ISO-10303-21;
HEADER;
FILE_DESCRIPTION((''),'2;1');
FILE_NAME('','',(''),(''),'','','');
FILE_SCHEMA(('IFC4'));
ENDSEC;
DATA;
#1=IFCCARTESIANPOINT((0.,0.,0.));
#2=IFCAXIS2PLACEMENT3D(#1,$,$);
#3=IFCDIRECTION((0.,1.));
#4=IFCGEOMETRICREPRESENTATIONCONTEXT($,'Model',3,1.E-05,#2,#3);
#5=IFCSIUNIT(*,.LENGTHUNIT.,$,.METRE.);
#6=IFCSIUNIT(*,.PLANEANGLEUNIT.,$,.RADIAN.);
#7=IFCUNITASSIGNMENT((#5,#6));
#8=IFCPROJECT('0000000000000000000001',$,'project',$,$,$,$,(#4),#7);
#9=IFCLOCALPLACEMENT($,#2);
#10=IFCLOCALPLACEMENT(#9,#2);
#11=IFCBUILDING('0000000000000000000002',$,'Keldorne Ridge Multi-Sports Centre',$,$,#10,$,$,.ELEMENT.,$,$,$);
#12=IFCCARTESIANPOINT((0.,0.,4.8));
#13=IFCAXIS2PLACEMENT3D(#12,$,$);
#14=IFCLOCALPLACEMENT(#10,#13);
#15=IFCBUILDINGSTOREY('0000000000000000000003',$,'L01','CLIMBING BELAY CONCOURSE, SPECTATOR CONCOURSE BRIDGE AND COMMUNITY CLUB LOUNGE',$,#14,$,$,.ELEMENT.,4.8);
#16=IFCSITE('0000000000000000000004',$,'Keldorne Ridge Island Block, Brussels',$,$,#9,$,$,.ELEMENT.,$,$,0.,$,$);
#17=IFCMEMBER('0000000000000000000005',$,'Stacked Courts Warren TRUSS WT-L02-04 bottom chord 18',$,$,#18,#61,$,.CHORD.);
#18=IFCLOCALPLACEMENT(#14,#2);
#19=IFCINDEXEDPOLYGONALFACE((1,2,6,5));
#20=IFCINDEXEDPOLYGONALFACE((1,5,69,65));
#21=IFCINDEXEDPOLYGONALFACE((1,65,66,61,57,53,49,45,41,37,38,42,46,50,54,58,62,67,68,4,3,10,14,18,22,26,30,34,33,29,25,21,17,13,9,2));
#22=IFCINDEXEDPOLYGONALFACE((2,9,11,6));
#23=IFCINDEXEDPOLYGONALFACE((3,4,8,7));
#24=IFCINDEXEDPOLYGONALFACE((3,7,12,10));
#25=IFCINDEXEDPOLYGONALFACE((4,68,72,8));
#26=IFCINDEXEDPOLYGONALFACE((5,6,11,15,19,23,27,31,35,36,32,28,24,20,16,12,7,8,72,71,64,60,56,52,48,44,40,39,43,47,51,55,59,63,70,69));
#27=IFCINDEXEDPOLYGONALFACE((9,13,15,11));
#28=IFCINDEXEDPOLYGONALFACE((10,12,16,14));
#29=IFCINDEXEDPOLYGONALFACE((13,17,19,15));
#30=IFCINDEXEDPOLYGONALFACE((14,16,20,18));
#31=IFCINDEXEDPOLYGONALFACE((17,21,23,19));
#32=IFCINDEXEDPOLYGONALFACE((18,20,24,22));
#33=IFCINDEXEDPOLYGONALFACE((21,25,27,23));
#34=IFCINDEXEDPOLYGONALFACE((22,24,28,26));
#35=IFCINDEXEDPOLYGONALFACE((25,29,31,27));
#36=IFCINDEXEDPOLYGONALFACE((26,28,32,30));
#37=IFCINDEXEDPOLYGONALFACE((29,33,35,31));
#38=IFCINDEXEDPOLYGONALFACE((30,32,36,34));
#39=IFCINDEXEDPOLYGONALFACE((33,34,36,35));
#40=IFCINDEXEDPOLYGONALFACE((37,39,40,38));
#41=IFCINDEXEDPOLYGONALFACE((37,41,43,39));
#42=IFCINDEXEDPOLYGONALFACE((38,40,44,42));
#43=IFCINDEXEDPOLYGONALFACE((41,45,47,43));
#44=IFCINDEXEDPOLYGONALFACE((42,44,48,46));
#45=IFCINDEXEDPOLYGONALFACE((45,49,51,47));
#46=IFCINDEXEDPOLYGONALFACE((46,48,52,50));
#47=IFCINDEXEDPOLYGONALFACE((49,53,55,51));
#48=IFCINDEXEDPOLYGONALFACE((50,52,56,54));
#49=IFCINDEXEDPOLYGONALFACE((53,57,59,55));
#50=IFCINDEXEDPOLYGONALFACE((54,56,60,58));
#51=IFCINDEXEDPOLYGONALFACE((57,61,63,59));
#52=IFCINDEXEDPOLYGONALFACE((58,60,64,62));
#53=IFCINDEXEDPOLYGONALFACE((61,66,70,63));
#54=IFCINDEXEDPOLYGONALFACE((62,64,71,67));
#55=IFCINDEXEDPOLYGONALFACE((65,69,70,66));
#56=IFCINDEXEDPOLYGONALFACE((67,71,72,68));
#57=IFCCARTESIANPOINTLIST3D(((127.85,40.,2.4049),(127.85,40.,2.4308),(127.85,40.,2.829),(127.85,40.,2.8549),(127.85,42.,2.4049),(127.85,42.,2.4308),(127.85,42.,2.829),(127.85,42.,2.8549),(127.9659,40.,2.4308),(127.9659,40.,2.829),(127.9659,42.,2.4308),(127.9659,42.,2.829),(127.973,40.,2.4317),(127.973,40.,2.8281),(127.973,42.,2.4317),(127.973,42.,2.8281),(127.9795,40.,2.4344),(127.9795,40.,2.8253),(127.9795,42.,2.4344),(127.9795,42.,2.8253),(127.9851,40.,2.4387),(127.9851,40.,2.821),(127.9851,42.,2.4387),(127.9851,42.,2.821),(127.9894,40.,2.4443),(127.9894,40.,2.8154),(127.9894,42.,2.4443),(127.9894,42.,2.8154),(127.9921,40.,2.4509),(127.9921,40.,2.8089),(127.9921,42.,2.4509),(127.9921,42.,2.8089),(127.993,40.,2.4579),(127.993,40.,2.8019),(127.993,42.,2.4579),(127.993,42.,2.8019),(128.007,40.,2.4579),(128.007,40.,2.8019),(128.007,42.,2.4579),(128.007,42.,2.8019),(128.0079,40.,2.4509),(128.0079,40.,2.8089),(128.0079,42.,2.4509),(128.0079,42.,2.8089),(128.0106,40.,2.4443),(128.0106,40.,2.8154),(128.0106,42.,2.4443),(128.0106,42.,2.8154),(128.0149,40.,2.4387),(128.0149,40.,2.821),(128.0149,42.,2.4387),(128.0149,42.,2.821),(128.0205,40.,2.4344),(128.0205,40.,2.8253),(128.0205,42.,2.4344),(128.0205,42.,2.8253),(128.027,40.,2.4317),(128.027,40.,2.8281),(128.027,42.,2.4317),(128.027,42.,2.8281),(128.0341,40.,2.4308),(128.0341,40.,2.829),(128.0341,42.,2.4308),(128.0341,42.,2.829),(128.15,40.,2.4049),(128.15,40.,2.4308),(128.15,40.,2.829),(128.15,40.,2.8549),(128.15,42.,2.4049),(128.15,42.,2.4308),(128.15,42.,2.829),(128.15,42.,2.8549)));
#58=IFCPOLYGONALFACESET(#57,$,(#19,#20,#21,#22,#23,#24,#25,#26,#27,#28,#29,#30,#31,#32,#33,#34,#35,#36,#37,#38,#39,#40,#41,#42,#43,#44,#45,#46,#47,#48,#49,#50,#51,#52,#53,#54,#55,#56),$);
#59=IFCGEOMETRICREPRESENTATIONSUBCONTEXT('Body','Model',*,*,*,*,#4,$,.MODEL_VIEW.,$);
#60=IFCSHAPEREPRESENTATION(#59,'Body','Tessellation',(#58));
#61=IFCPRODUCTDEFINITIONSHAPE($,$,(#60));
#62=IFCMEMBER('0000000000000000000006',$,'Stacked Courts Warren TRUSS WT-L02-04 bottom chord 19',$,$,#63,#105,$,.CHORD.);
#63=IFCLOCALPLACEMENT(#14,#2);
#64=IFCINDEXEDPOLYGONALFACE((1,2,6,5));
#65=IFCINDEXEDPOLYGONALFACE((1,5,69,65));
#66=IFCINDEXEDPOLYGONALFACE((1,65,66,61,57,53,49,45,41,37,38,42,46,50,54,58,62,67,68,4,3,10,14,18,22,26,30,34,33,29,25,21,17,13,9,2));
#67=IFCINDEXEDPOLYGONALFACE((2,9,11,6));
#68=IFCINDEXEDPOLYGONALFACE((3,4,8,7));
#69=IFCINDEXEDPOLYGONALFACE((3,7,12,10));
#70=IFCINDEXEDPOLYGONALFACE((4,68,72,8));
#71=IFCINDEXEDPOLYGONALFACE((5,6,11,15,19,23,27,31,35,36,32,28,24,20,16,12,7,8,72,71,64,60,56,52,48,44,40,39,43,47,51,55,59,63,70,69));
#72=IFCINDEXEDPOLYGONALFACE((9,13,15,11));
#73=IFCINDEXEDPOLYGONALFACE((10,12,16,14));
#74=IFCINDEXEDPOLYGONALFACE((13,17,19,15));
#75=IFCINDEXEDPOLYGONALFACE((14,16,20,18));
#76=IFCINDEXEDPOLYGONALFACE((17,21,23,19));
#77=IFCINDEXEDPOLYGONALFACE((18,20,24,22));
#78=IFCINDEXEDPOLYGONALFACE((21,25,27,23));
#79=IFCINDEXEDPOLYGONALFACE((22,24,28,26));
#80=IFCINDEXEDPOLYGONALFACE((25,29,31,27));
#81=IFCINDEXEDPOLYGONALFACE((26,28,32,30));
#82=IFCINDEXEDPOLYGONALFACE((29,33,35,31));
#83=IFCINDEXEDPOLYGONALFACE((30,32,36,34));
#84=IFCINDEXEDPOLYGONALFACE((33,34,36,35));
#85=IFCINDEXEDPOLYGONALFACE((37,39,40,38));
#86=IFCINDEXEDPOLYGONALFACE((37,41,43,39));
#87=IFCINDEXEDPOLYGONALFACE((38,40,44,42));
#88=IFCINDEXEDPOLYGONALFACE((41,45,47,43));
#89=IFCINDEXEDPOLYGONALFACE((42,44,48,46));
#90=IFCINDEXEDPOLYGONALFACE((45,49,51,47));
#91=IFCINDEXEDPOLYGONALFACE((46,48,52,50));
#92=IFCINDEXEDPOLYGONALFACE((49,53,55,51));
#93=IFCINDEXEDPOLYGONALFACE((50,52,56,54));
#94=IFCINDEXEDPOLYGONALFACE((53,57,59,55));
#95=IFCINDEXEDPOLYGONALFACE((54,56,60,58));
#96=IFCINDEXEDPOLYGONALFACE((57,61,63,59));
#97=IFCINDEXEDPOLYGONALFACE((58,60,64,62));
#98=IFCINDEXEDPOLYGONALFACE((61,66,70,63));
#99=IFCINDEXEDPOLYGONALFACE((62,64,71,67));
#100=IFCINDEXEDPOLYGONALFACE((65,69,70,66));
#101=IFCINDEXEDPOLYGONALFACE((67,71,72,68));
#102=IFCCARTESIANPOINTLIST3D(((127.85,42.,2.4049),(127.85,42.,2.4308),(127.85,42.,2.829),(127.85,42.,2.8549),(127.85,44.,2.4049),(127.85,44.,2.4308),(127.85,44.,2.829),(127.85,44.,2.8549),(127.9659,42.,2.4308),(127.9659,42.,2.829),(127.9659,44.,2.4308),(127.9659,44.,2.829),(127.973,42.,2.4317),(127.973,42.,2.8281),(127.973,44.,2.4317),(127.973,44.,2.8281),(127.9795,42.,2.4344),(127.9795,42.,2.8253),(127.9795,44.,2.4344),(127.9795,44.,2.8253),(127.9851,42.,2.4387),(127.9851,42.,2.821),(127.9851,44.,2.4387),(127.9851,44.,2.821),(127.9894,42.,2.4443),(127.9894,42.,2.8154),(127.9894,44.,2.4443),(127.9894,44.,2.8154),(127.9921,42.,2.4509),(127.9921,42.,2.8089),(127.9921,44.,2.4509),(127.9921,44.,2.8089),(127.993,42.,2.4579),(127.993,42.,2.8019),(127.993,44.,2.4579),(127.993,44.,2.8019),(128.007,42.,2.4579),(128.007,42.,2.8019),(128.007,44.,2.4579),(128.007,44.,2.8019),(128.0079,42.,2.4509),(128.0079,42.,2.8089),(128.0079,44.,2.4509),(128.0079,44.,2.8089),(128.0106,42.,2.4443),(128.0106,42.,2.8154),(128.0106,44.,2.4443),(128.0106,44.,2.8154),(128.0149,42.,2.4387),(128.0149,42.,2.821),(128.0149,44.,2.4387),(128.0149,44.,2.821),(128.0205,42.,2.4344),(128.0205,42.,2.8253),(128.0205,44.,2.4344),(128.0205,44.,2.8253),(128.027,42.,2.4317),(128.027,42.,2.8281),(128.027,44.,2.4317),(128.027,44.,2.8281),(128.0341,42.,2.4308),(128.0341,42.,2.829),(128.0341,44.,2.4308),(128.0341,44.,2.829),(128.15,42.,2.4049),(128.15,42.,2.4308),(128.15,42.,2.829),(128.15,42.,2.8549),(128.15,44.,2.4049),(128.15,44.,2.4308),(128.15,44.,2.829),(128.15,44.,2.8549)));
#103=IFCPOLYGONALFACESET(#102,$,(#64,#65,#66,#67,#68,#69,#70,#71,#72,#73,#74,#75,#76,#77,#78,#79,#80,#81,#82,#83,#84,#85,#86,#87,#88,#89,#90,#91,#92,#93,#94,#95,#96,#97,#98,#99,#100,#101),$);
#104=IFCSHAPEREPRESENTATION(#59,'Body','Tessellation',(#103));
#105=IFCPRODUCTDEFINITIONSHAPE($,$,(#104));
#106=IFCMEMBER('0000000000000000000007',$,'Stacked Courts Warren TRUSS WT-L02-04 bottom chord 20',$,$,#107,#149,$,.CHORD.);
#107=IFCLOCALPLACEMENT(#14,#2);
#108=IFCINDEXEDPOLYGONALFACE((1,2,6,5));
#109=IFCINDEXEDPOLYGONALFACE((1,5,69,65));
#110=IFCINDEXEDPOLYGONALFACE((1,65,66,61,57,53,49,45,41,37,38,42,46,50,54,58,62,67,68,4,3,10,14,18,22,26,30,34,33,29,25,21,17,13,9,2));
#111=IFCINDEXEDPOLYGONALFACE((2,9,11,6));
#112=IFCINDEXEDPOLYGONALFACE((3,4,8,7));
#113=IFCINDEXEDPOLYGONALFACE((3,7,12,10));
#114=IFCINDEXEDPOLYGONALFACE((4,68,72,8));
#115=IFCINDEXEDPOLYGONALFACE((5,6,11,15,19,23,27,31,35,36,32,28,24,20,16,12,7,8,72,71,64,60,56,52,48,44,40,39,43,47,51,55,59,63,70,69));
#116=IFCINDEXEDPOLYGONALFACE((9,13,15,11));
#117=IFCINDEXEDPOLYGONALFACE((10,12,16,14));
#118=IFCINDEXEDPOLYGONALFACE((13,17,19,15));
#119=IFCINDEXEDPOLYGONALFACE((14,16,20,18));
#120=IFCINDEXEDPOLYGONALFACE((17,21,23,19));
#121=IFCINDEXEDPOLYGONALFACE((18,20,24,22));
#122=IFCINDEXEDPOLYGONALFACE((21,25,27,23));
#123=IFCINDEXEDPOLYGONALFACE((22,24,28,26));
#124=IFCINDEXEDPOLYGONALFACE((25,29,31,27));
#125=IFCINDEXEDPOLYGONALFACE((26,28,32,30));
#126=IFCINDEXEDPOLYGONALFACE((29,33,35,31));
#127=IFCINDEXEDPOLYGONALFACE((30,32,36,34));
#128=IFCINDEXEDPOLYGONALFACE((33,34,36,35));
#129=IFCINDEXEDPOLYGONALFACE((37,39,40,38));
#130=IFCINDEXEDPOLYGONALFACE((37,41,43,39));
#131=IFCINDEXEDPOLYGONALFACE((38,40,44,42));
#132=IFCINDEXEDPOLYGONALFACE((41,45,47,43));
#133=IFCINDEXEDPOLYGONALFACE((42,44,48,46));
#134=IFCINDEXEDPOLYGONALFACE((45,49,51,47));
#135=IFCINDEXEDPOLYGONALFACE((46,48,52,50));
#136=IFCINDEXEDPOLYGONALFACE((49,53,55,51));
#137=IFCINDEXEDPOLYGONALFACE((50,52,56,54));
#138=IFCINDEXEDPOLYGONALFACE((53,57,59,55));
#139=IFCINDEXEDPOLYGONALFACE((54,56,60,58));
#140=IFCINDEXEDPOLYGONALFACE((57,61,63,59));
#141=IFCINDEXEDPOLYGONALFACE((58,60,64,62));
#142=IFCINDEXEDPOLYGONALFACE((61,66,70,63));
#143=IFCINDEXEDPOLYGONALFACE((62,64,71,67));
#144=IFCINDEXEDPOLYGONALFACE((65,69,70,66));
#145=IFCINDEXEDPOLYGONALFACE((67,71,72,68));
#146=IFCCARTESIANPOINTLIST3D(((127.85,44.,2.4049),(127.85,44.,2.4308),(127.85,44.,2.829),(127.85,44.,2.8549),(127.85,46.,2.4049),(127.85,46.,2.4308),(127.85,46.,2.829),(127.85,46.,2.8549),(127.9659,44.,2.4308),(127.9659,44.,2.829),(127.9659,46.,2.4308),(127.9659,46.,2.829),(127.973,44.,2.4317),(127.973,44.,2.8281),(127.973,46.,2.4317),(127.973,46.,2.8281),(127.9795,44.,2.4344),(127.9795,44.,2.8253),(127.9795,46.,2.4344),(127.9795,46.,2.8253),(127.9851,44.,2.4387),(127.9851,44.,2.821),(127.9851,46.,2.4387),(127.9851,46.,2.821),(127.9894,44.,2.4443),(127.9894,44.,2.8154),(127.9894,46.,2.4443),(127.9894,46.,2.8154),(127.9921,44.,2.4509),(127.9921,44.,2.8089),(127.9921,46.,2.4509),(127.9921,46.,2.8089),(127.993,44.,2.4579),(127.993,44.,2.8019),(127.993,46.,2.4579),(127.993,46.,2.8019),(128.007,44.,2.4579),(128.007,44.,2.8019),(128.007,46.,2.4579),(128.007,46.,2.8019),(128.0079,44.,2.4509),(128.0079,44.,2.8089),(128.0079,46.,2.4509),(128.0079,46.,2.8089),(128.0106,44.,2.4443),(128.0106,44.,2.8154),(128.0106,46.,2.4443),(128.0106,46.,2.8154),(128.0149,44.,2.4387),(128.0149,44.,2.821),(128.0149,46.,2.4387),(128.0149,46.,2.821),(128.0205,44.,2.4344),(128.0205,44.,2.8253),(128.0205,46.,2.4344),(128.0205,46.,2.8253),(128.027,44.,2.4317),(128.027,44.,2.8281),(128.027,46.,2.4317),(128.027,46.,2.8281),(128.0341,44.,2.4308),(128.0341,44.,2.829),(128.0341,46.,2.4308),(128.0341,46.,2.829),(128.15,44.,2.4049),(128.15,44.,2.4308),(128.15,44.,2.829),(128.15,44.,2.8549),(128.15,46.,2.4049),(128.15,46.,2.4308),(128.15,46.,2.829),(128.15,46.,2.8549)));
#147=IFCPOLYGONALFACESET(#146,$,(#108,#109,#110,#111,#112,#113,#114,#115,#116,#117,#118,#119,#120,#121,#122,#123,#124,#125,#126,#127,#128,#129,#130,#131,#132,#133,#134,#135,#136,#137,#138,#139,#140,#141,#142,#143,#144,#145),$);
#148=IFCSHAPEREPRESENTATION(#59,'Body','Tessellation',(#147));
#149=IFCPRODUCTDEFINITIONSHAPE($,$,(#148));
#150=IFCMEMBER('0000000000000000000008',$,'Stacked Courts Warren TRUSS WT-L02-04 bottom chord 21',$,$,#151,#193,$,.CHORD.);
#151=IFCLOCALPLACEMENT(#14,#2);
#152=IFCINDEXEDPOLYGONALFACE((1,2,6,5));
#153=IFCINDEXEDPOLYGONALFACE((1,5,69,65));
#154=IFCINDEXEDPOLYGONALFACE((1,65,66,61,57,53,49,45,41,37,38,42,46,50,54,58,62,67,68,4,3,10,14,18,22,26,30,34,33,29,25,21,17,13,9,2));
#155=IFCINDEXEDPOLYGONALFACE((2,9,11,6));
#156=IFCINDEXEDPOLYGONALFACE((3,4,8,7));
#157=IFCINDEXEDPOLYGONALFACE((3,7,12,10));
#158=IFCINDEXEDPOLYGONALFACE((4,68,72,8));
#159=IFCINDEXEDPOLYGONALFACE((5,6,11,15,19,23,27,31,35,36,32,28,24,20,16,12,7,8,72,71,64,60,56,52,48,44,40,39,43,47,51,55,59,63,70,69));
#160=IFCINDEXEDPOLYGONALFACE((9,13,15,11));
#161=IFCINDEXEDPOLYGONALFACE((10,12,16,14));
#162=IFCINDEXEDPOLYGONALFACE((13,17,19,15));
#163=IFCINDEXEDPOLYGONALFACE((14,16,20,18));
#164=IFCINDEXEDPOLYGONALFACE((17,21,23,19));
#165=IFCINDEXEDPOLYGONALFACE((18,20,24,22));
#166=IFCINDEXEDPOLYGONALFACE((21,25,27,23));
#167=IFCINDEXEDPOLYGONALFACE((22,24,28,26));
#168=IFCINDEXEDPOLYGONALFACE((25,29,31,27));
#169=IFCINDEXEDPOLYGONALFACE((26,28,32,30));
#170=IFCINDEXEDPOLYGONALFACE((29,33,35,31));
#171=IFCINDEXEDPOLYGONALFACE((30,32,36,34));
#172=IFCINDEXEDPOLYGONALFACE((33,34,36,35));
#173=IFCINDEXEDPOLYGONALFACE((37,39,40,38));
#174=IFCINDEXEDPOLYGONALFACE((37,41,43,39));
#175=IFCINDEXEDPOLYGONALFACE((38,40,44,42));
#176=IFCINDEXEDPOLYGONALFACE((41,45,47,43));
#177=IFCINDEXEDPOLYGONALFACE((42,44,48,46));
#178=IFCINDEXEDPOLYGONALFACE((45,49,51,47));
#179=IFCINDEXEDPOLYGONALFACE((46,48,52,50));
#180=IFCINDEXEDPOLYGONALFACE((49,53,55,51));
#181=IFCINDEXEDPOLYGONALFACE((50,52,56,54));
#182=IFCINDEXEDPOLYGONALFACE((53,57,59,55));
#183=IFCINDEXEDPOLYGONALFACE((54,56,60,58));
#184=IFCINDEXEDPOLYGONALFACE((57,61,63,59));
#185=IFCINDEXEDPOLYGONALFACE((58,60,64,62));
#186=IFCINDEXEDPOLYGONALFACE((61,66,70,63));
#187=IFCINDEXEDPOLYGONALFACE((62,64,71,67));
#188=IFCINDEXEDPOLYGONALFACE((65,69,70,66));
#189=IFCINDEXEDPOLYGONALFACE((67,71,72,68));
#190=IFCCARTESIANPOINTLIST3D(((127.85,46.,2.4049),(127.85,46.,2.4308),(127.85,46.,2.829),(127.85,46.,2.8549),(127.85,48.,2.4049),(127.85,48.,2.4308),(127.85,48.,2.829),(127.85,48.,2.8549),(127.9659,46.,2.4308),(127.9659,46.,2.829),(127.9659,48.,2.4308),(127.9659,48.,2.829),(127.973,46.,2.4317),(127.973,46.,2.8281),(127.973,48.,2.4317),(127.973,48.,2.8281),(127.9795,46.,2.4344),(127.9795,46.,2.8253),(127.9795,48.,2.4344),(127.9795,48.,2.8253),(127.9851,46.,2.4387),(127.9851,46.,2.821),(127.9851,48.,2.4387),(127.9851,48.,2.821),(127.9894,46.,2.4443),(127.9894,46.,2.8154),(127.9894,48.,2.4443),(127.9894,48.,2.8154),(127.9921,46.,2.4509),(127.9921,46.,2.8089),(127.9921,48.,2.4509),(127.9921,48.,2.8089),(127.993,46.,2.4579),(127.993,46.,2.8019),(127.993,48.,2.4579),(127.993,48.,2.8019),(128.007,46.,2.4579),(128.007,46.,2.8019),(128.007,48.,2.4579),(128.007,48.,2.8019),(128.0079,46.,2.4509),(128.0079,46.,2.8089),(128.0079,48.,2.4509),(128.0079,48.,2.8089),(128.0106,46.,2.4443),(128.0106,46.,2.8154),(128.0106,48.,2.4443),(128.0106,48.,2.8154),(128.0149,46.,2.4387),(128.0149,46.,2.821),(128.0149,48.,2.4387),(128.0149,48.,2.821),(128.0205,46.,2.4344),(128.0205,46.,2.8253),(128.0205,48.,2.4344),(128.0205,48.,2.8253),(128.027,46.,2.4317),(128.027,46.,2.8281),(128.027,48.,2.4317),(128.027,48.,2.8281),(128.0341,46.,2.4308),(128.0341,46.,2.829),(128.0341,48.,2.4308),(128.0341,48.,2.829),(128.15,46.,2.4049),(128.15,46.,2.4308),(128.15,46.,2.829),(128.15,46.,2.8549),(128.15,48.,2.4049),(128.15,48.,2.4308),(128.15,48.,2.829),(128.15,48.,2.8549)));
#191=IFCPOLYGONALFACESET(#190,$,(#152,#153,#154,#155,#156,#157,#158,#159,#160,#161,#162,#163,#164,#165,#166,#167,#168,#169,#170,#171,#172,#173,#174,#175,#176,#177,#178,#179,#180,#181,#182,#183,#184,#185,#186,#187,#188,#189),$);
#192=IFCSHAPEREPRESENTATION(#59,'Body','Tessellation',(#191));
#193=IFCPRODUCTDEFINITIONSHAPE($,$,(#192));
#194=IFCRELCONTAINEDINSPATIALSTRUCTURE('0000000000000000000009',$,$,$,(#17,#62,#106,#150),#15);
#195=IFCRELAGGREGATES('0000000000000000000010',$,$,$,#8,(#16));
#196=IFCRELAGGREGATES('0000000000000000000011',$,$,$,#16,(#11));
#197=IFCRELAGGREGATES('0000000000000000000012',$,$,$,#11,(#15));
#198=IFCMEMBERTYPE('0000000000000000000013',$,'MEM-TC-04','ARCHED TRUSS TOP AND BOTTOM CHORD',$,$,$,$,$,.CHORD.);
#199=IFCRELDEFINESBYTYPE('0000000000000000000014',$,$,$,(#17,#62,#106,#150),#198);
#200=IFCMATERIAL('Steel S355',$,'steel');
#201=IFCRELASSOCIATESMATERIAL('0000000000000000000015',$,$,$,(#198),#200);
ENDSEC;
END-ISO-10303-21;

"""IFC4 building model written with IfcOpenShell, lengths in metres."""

from ifc_helpers import new_model, si_unit, direction, frame, origin, origin_2d, place, context, subcontext, project, spatial, i_section, extrude, material, material_profile, profile_set, type_object, element, save


model = new_model("IFC4")

# Units and contexts
model_context = context("Model", 3, precision=1e-05, world=origin(), true_north=direction((0.0, 1.0)))
body_context = subcontext(model_context, "Body", "Model", "MODEL_VIEW")
ifc_project = project(units=[si_unit("LENGTHUNIT", "METRE"), si_unit("PLANEANGLEUNIT", "RADIAN")], contexts=[model_context])

# Site, building, storey
site_placement = place(None, origin())
site = spatial("IfcSite", under=ifc_project, at=site_placement, Name="Keldorne Ridge Island Block, Brussels", CompositionType="ELEMENT", RefElevation=0.0)
building_placement = place(site_placement, origin())
building = spatial("IfcBuilding", under=site, at=building_placement, Name="Keldorne Ridge Multi-Sports Centre", CompositionType="ELEMENT")
storey_placement = place(building_placement, frame((0.0, 0.0, 4.8)))
storey = spatial("IfcBuildingStorey", under=building, at=storey_placement, Name="L01", Description="CLIMBING BELAY CONCOURSE, SPECTATOR CONCOURSE BRIDGE AND COMMUNITY CLUB LOUNGE", CompositionType="ELEMENT", Elevation=4.8)

# Members
ifc_material = material(Name="Steel S355", Category="steel")
ifc_material_profile_1 = material_profile(ifc_material, i_section(OverallWidth=0.3, OverallDepth=0.45, WebThickness=0.0139, FlangeThickness=0.0259, FilletRadius=0.0271, at=origin_2d()), Name="HEB 450")
ifc_profile_set_1 = profile_set([ifc_material_profile_1], Name="Steel S355")
member_type_1 = type_object("IfcMemberType", Name="MEM-TC-04", Description="ARCHED TRUSS TOP AND BOTTOM CHORD", PredefinedType="CHORD", material=ifc_profile_set_1)
for number, where, z_axis, x_axis, name in (
    (1, (128.0, 40.0, 2.6299), (0.0, 1.0, 0.0), (-1.0, 0.0, 0.0), "Stacked Courts Warren TRUSS WT-L02-04 bottom chord 18"),
    (2, (128.0, 42.0, 2.6299), (0.0, 1.0, 0.0), (-1.0, 0.0, 0.0), "Stacked Courts Warren TRUSS WT-L02-04 bottom chord 19"),
    (3, (128.0, 44.0, 2.6299), (0.0, 1.0, 0.0), (-1.0, 0.0, 0.0), "Stacked Courts Warren TRUSS WT-L02-04 bottom chord 20"),
    (4, (128.0, 46.0, 2.6299), (0.0, 1.0, 0.0), (-1.0, 0.0, 0.0), "Stacked Courts Warren TRUSS WT-L02-04 bottom chord 21"),
):
    element("IfcMember", number, at=place(storey_placement, frame(where, z_axis=z_axis, x_axis=x_axis)), inside=storey, type_object=member_type_1, Name=name, PredefinedType="CHORD", context=body_context, shape_type="SweptSolid", body=[
        extrude(i_section(OverallWidth=0.3, OverallDepth=0.45, WebThickness=0.0139, FlangeThickness=0.0259, FilletRadius=0.0271, at=origin_2d()), origin(), (0.0, 0.0, 1.0), 2.0),
    ])

save(model, "model.ifc")
